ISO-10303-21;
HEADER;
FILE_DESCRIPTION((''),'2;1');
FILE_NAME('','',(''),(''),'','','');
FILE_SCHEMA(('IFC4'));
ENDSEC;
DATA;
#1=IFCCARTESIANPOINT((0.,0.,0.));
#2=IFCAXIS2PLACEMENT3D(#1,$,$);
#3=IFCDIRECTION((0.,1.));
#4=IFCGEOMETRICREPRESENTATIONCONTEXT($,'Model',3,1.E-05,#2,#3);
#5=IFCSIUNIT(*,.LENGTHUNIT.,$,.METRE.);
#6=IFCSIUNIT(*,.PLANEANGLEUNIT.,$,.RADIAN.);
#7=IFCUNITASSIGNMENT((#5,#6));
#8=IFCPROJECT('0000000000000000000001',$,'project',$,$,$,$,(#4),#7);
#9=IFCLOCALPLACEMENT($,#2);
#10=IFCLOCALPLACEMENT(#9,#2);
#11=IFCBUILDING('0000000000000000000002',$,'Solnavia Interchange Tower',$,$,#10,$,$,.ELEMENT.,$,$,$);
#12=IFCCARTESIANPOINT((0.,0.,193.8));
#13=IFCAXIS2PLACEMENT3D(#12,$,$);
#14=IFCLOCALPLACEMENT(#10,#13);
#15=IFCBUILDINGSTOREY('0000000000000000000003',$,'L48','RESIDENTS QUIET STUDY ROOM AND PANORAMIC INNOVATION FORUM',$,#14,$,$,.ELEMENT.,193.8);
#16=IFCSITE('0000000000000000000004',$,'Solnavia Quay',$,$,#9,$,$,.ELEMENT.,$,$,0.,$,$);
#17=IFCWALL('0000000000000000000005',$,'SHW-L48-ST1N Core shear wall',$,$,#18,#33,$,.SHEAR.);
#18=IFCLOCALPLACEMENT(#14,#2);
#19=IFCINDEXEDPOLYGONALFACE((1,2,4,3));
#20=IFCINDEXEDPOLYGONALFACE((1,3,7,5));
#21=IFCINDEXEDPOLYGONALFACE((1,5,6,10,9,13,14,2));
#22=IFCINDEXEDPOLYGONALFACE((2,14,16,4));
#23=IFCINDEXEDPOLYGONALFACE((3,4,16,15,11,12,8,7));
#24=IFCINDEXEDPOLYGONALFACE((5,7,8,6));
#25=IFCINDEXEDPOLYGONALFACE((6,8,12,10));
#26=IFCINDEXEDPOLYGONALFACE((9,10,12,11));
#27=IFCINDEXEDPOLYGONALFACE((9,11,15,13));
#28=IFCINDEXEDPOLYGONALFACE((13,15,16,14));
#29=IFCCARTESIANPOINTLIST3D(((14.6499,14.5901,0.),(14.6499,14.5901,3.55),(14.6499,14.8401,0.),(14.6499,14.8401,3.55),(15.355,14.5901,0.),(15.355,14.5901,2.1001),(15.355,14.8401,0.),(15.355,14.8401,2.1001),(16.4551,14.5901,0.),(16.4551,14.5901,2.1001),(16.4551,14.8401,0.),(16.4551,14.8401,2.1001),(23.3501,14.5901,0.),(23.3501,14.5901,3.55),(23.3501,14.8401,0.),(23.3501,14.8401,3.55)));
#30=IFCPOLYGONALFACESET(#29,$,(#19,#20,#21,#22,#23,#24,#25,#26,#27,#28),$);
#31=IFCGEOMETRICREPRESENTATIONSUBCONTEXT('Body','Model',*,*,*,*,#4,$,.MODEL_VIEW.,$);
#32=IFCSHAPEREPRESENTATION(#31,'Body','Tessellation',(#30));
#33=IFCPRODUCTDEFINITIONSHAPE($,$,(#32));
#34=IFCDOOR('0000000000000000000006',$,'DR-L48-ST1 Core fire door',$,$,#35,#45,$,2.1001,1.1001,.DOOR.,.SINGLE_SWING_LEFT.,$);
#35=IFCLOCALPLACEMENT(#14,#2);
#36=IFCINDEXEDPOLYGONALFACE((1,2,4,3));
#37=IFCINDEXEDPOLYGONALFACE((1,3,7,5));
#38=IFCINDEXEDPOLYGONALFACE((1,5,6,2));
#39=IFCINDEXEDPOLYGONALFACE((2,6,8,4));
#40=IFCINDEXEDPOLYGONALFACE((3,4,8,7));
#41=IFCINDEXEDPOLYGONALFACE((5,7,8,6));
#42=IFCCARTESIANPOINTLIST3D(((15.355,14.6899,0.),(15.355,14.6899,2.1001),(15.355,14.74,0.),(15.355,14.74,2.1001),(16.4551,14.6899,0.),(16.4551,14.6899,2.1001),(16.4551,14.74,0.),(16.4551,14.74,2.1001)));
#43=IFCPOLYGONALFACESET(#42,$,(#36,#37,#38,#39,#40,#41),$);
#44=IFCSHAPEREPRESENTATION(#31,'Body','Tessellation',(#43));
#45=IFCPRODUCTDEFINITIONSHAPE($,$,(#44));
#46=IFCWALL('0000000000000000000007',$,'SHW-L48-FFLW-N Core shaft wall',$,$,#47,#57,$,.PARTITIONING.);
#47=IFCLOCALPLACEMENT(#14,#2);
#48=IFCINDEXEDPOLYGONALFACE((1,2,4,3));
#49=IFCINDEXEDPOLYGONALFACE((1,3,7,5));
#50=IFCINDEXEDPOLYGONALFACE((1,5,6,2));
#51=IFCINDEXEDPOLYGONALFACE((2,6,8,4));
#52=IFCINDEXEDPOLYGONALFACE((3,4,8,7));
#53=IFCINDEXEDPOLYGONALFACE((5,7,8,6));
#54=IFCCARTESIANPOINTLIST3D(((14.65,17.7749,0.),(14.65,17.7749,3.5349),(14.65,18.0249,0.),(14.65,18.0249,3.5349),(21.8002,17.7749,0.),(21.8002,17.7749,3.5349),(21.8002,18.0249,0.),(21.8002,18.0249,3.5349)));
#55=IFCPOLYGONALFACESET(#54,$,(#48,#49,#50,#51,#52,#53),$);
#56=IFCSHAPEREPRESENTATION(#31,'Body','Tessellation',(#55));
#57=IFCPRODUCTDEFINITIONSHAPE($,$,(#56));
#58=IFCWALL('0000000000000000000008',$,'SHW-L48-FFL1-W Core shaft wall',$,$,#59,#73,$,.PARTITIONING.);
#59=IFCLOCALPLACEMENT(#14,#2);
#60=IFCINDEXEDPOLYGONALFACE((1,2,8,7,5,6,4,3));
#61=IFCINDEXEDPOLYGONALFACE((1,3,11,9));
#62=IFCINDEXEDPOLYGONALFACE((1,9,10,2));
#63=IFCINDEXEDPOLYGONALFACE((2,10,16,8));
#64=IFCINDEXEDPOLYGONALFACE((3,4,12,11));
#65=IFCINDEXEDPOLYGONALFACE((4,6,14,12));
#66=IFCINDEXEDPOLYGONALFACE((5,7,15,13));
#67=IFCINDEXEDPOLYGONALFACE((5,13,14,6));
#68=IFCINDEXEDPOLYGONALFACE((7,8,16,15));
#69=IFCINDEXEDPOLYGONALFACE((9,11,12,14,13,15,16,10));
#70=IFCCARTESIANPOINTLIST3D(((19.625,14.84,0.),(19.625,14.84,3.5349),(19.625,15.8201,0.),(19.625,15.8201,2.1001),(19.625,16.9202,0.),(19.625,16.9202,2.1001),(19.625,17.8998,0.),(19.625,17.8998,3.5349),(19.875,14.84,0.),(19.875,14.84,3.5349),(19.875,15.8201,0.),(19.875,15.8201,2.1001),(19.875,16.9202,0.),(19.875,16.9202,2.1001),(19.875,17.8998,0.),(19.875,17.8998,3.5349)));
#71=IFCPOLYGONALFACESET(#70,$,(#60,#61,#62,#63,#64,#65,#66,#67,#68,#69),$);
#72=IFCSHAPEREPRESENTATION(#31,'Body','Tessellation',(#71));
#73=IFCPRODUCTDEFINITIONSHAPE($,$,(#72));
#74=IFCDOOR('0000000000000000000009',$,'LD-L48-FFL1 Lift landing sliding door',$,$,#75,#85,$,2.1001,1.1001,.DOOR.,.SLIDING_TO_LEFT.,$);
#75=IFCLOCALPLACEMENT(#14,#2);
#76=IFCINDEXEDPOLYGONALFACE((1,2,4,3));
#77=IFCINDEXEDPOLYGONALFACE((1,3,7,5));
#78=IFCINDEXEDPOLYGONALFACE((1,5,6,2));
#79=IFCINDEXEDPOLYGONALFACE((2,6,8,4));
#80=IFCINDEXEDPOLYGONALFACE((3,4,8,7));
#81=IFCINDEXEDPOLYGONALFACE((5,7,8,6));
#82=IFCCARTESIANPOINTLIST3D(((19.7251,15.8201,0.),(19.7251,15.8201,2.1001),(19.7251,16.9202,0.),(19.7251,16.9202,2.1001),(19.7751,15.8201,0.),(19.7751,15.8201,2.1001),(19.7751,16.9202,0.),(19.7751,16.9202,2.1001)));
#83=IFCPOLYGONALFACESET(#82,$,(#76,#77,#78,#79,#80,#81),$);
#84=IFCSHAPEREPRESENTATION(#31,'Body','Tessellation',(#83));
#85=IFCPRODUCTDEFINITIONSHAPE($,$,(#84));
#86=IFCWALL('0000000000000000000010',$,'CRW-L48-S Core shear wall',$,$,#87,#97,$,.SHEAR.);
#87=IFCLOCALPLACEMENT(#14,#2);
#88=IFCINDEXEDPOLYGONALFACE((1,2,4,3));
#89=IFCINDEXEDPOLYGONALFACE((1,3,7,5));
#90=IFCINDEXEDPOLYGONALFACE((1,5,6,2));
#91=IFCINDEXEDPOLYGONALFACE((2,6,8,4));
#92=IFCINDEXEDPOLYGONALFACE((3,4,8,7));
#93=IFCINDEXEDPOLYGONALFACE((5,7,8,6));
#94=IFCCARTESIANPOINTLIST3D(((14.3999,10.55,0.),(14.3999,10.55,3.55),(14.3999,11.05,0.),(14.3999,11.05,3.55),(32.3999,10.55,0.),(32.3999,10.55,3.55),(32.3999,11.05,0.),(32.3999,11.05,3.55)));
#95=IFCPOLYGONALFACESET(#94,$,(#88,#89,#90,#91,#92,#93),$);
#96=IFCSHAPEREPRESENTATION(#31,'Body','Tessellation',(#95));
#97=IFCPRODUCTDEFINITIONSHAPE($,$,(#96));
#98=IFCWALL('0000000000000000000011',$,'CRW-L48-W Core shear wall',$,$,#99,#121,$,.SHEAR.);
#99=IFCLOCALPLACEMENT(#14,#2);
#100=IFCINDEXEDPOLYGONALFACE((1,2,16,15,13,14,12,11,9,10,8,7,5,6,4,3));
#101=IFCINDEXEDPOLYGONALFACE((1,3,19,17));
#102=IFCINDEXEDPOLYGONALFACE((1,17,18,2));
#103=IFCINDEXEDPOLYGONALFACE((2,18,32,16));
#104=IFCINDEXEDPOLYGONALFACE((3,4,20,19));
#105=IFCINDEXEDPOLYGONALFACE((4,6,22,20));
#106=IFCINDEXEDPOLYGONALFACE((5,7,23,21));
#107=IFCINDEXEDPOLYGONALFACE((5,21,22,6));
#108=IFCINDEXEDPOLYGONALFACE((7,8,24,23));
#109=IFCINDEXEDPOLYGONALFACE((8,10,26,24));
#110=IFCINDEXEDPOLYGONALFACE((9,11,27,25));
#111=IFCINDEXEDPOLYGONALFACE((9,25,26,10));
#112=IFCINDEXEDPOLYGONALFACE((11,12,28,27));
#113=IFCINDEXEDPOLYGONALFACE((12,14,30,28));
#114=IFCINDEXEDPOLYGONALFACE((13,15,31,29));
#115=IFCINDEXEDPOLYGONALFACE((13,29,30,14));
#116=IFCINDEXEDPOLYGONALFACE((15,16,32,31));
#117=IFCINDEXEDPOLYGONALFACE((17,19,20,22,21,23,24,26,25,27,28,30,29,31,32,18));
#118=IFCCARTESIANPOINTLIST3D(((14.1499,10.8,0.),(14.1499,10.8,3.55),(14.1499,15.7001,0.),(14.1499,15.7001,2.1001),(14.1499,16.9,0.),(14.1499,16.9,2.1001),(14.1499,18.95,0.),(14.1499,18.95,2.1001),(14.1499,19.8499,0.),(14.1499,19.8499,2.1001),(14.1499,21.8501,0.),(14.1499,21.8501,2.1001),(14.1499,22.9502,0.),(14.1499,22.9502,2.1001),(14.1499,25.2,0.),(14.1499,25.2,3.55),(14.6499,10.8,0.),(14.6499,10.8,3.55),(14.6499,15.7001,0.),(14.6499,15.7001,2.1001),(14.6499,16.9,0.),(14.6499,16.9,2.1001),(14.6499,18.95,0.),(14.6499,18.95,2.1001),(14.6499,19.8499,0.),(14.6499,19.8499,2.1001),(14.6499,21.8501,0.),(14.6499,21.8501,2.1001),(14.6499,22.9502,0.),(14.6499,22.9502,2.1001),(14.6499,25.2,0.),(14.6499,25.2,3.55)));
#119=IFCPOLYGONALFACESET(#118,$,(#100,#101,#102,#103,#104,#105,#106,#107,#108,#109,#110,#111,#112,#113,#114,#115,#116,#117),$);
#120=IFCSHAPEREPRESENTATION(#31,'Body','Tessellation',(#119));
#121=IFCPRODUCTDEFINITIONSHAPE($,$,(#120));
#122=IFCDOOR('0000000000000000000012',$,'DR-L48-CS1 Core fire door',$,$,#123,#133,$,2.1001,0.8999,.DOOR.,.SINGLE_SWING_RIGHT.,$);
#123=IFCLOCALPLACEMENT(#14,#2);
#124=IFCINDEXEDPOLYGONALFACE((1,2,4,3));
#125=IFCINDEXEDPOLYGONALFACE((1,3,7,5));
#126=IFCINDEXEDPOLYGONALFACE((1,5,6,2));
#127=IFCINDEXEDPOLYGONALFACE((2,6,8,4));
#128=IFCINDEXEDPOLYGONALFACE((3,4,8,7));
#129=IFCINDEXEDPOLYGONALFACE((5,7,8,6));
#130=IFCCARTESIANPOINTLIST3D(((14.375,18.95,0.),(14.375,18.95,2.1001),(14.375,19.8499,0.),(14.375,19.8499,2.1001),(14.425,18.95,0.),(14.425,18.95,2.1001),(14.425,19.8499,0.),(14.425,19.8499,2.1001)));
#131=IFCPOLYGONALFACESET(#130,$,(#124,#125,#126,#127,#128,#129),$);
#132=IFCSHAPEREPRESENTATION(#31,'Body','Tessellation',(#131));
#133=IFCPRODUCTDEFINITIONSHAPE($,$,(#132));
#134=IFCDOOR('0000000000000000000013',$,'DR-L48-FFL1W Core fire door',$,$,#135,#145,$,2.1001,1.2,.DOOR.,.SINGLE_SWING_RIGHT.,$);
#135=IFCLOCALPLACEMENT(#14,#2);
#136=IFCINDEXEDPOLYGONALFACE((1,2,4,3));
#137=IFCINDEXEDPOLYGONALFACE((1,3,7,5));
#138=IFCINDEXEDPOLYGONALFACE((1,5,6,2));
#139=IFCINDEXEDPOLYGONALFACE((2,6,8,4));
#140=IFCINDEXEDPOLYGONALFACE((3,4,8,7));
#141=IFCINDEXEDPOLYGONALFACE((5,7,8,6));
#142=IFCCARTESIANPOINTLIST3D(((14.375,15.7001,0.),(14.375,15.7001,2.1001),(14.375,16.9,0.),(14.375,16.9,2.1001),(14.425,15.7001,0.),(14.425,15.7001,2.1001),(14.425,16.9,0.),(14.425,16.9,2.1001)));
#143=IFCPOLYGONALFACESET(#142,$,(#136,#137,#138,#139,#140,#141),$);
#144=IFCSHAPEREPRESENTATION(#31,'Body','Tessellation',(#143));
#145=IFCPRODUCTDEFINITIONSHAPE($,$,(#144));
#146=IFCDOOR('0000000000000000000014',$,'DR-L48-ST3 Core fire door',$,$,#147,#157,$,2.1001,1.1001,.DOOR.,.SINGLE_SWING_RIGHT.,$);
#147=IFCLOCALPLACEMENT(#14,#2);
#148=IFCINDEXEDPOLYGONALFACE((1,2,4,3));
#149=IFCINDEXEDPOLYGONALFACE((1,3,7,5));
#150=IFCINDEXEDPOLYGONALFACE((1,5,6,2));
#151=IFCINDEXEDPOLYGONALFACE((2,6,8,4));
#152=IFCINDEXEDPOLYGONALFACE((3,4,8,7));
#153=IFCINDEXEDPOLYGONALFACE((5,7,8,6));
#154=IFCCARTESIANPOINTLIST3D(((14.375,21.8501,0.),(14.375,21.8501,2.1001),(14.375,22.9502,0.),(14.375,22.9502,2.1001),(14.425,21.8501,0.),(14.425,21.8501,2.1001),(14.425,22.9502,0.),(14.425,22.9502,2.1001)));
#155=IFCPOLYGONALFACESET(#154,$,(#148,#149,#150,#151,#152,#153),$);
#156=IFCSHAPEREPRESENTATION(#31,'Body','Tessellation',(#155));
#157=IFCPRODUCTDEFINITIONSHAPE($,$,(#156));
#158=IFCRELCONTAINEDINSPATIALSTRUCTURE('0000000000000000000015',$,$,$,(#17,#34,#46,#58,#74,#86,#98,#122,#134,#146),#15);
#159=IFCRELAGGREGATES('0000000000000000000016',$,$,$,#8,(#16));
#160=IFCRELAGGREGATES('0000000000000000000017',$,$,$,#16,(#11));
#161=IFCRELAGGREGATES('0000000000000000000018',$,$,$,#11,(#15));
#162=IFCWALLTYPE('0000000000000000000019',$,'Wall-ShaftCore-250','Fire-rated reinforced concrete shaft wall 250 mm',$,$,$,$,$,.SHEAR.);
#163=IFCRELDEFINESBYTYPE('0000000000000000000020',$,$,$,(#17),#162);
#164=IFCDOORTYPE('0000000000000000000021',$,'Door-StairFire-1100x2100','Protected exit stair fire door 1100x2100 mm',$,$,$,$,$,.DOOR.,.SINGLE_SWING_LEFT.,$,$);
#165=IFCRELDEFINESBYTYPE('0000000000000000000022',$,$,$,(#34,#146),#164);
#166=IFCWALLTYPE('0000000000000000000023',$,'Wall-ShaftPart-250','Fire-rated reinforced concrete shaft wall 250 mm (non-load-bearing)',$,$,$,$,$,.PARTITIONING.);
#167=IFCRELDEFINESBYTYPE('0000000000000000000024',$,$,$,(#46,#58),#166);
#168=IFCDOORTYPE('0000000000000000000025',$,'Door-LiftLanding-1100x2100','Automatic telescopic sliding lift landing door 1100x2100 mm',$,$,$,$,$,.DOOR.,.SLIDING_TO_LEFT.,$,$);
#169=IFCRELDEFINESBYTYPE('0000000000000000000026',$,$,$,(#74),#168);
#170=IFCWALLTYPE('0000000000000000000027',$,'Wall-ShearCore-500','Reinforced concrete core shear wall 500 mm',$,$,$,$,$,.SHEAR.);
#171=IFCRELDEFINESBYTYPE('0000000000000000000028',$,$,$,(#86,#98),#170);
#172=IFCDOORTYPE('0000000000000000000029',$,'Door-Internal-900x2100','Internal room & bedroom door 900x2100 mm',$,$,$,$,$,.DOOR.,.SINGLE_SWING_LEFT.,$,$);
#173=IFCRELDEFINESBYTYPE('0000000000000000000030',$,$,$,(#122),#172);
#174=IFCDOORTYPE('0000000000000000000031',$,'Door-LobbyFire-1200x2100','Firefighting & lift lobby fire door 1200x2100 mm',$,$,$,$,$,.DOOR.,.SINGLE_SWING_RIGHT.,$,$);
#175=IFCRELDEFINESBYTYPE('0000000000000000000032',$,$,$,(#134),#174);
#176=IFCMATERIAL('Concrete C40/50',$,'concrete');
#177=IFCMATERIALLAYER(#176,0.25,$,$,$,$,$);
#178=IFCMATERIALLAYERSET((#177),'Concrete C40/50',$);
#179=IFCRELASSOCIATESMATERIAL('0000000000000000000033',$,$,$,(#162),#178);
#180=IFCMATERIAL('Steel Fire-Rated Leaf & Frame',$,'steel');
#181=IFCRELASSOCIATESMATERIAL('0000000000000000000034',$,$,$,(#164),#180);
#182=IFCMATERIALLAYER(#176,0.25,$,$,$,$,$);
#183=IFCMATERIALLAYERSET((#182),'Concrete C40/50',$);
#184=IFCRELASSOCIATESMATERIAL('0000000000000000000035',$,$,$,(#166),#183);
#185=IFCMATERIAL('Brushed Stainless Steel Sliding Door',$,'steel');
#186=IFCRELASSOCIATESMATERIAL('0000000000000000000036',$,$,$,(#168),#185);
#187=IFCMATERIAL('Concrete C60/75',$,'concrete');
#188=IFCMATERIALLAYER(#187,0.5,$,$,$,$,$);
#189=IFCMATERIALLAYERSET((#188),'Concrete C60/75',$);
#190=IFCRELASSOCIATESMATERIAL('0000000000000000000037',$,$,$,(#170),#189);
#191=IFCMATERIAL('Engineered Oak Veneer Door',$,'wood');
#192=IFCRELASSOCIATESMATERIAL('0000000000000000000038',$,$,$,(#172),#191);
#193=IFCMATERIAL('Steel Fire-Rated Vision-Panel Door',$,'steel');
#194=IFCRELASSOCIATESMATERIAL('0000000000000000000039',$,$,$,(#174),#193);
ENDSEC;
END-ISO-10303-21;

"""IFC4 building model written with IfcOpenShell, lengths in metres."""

from ifc_helpers import new_model, si_unit, direction, frame, frame_2d, origin, place, context, subcontext, project, spatial, rectangle, extrude, material, layer, layer_set, type_object, element, fill, save


model = new_model("IFC4")

# Units and contexts
model_context = context("Model", 3, precision=1e-05, world=origin(), true_north=direction((0.0, 1.0)))
body_context = subcontext(model_context, "Body", "Model", "MODEL_VIEW")
ifc_project = project(units=[si_unit("LENGTHUNIT", "METRE"), si_unit("PLANEANGLEUNIT", "RADIAN")], contexts=[model_context])

# Site, building, storey
site_placement = place(None, origin())
site = spatial("IfcSite", under=ifc_project, at=site_placement, Name="Solnavia Quay", CompositionType="ELEMENT", RefElevation=0.0)
building_placement = place(site_placement, origin())
building = spatial("IfcBuilding", under=site, at=building_placement, Name="Solnavia Interchange Tower", CompositionType="ELEMENT")
storey_placement = place(building_placement, frame((0.0, 0.0, 193.8)))
storey = spatial("IfcBuildingStorey", under=building, at=storey_placement, Name="L48", Description="RESIDENTS QUIET STUDY ROOM AND PANORAMIC INNOVATION FORUM", CompositionType="ELEMENT", Elevation=193.8)

# Shared definitions
ifc_material_1 = material(Name="Concrete C40/50", Category="concrete")
ifc_layer_1 = layer(ifc_material_1, 0.25)
ifc_layer_set_1 = layer_set([ifc_layer_1], Name="Concrete C40/50")
wall_type_1 = type_object("IfcWallType", Name="Wall-ShaftCore-250", Description="Fire-rated reinforced concrete shaft wall 250 mm", PredefinedType="SHEAR", material=ifc_layer_set_1)

# Wall, opening, door
wall_1_placement = place(storey_placement, frame((14.6499, 14.7151, 0.0), z_axis=(0.0, 0.0, 1.0), x_axis=(1.0, 0.0, 0.0)))
wall_1 = element("IfcWall", 1, at=wall_1_placement, inside=storey, type_object=wall_type_1, Name="SHW-L48-ST1N Core shear wall", PredefinedType="SHEAR", context=body_context, shape_type="SweptSolid", body=[
    extrude(rectangle(XDim=8.7002, YDim=0.25, at=frame_2d((4.3501, 0.0))), origin(), (0.0, 0.0, 1.0), 3.55),
])
opening_1_placement = place(wall_1_placement, frame((0.7051, 0.0, 0.0)))
opening_1 = element("IfcOpeningElement", 2, at=opening_1_placement, cuts=wall_1, PredefinedType="OPENING", context=body_context, shape_type="SweptSolid", body=[
    extrude(rectangle(XDim=1.1001, YDim=2.1001, at=frame_2d((0.55, 1.05))), frame((0.0, 0.135, 0.0), z_axis=(0.0, -1.0, 0.0), x_axis=(1.0, 0.0, 0.0)), (0.0, 0.0, 1.0), 0.27),
])
ifc_material_2 = material(Name="Steel Fire-Rated Leaf & Frame", Category="steel")
door_type_1 = type_object("IfcDoorType", Name="Door-StairFire-1100x2100", Description="Protected exit stair fire door 1100x2100 mm", OperationType="SINGLE_SWING_LEFT", PredefinedType="DOOR", material=ifc_material_2)
door_1_placement = place(opening_1_placement, origin())
door_1 = element("IfcDoor", 3, at=door_1_placement, inside=storey, type_object=door_type_1, Name="DR-L48-ST1 Core fire door", OperationType="SINGLE_SWING_LEFT", OverallHeight=2.1001, OverallWidth=1.1001, PredefinedType="DOOR", context=body_context, shape_type="SweptSolid", body=[
    extrude(rectangle(XDim=1.1001, YDim=2.1001, at=frame_2d((0.55, 1.05))), frame((0.0, 0.0249, 0.0), z_axis=(0.0, -1.0, 0.0), x_axis=(1.0, 0.0, 0.0)), (0.0, 0.0, 1.0), 0.05),
])
fill(opening_1, door_1)

# Wall
ifc_layer_2 = layer(ifc_material_1, 0.25)
ifc_layer_set_2 = layer_set([ifc_layer_2], Name="Concrete C40/50")
wall_type_2 = type_object("IfcWallType", Name="Wall-ShaftPart-250", Description="Fire-rated reinforced concrete shaft wall 250 mm (non-load-bearing)", PredefinedType="PARTITIONING", material=ifc_layer_set_2)
wall_2_placement = place(storey_placement, frame((14.6499, 17.8999, 0.0), z_axis=(0.0, 0.0, 1.0), x_axis=(1.0, 0.0, 0.0)))
element("IfcWall", 4, at=wall_2_placement, inside=storey, type_object=wall_type_2, Name="SHW-L48-FFLW-N Core shaft wall", PredefinedType="PARTITIONING", context=body_context, shape_type="SweptSolid", body=[
    extrude(rectangle(XDim=7.1501, YDim=0.25, at=frame_2d((3.5752, 0.0))), origin(), (0.0, 0.0, 1.0), 3.5349),
])

# Wall, opening, door
wall_3_placement = place(storey_placement, frame((19.75, 14.8401, 0.0), z_axis=(0.0, 0.0, 1.0), x_axis=(0.0, 1.0, 0.0)))
wall_3 = element("IfcWall", 5, at=wall_3_placement, inside=storey, type_object=wall_type_2, Name="SHW-L48-FFL1-W Core shaft wall", PredefinedType="PARTITIONING", context=body_context, shape_type="SweptSolid", body=[
    extrude(rectangle(XDim=3.0598, YDim=0.25, at=frame_2d((1.5298, 0.0))), origin(), (0.0, 0.0, 1.0), 3.5349),
])
opening_2_placement = place(wall_3_placement, frame((0.98, 0.0, 0.0)))
opening_2 = element("IfcOpeningElement", 6, at=opening_2_placement, cuts=wall_3, PredefinedType="OPENING", context=body_context, shape_type="SweptSolid", body=[
    extrude(rectangle(XDim=1.1001, YDim=2.1001, at=frame_2d((0.55, 1.05))), frame((0.0, 0.135, 0.0), z_axis=(0.0, -1.0, 0.0), x_axis=(1.0, 0.0, 0.0)), (0.0, 0.0, 1.0), 0.27),
])
ifc_material_3 = material(Name="Brushed Stainless Steel Sliding Door", Category="steel")
door_type_2 = type_object("IfcDoorType", Name="Door-LiftLanding-1100x2100", Description="Automatic telescopic sliding lift landing door 1100x2100 mm", OperationType="SLIDING_TO_LEFT", PredefinedType="DOOR", material=ifc_material_3)
door_2_placement = place(opening_2_placement, origin())
door_2 = element("IfcDoor", 7, at=door_2_placement, inside=storey, type_object=door_type_2, Name="LD-L48-FFL1 Lift landing sliding door", OperationType="SLIDING_TO_LEFT", OverallHeight=2.1001, OverallWidth=1.1001, PredefinedType="DOOR", context=body_context, shape_type="SweptSolid", body=[
    extrude(rectangle(XDim=1.1001, YDim=2.1001, at=frame_2d((0.55, 1.05))), frame((0.0, 0.0249, 0.0), z_axis=(0.0, -1.0, 0.0), x_axis=(1.0, 0.0, 0.0)), (0.0, 0.0, 1.0), 0.05),
])
fill(opening_2, door_2)

# Wall
ifc_material_4 = material(Name="Concrete C60/75", Category="concrete")
ifc_layer_3 = layer(ifc_material_4, 0.5)
ifc_layer_set_3 = layer_set([ifc_layer_3], Name="Concrete C60/75")
wall_type_3 = type_object("IfcWallType", Name="Wall-ShearCore-500", Description="Reinforced concrete core shear wall 500 mm", PredefinedType="SHEAR", material=ifc_layer_set_3)
wall_4_placement = place(storey_placement, frame((14.3999, 10.8, 0.0), z_axis=(0.0, 0.0, 1.0), x_axis=(1.0, 0.0, 0.0)))
element("IfcWall", 8, at=wall_4_placement, inside=storey, type_object=wall_type_3, Name="CRW-L48-S Core shear wall", PredefinedType="SHEAR", context=body_context, shape_type="SweptSolid", body=[
    extrude(rectangle(XDim=18.0, YDim=0.5, at=frame_2d((9.0, 0.0))), origin(), (0.0, 0.0, 1.0), 3.55),
])

# Wall, openings, doors
wall_5_placement = place(storey_placement, frame((14.3999, 10.8, 0.0), z_axis=(0.0, 0.0, 1.0), x_axis=(0.0, 1.0, 0.0)))
wall_5 = element("IfcWall", 9, at=wall_5_placement, inside=storey, type_object=wall_type_3, Name="CRW-L48-W Core shear wall", PredefinedType="SHEAR", context=body_context, shape_type="SweptSolid", body=[
    extrude(rectangle(XDim=14.3999, YDim=0.5, at=frame_2d((7.2, 0.0))), origin(), (0.0, 0.0, 1.0), 3.55),
])
opening_3_placement = place(wall_5_placement, frame((11.05, 0.0, 0.0)))
opening_3 = element("IfcOpeningElement", 10, at=opening_3_placement, cuts=wall_5, PredefinedType="OPENING", context=body_context, shape_type="SweptSolid", body=[
    extrude(rectangle(XDim=1.1001, YDim=2.1001, at=frame_2d((0.55, 1.05))), frame((0.0, 0.26, 0.0), z_axis=(0.0, -1.0, 0.0), x_axis=(1.0, 0.0, 0.0)), (0.0, 0.0, 1.0), 0.52),
])
opening_4_placement = place(wall_5_placement, frame((4.8999, 0.0, 0.0)))
opening_4 = element("IfcOpeningElement", 11, at=opening_4_placement, cuts=wall_5, PredefinedType="OPENING", context=body_context, shape_type="SweptSolid", body=[
    extrude(rectangle(XDim=1.2, YDim=2.1001, at=frame_2d((0.6001, 1.05))), frame((0.0, 0.26, 0.0), z_axis=(0.0, -1.0, 0.0), x_axis=(1.0, 0.0, 0.0)), (0.0, 0.0, 1.0), 0.52),
])
opening_5_placement = place(wall_5_placement, frame((8.1499, 0.0, 0.0)))
opening_5 = element("IfcOpeningElement", 12, at=opening_5_placement, cuts=wall_5, PredefinedType="OPENING", context=body_context, shape_type="SweptSolid", body=[
    extrude(rectangle(XDim=0.8999, YDim=2.1001, at=frame_2d((0.45, 1.05))), frame((0.0, 0.26, 0.0), z_axis=(0.0, -1.0, 0.0), x_axis=(1.0, 0.0, 0.0)), (0.0, 0.0, 1.0), 0.52),
])
ifc_material_5 = material(Name="Engineered Oak Veneer Door", Category="wood")
door_type_3 = type_object("IfcDoorType", Name="Door-Internal-900x2100", Description="Internal room & bedroom door 900x2100 mm", OperationType="SINGLE_SWING_LEFT", PredefinedType="DOOR", material=ifc_material_5)
door_3_placement = place(opening_5_placement, origin())
door_3 = element("IfcDoor", 13, at=door_3_placement, inside=storey, type_object=door_type_3, Name="DR-L48-CS1 Core fire door", OperationType="SINGLE_SWING_RIGHT", OverallHeight=2.1001, OverallWidth=0.8999, PredefinedType="DOOR", context=body_context, shape_type="SweptSolid", body=[
    extrude(rectangle(XDim=0.8999, YDim=2.1001, at=frame_2d((0.45, 1.05))), frame((0.0, 0.0249, 0.0), z_axis=(0.0, -1.0, 0.0), x_axis=(1.0, 0.0, 0.0)), (0.0, 0.0, 1.0), 0.05),
])
fill(opening_5, door_3)
ifc_material_6 = material(Name="Steel Fire-Rated Vision-Panel Door", Category="steel")
door_type_4 = type_object("IfcDoorType", Name="Door-LobbyFire-1200x2100", Description="Firefighting & lift lobby fire door 1200x2100 mm", OperationType="SINGLE_SWING_RIGHT", PredefinedType="DOOR", material=ifc_material_6)
door_4_placement = place(opening_4_placement, origin())
door_4 = element("IfcDoor", 14, at=door_4_placement, inside=storey, type_object=door_type_4, Name="DR-L48-FFL1W Core fire door", OperationType="SINGLE_SWING_RIGHT", OverallHeight=2.1001, OverallWidth=1.2, PredefinedType="DOOR", context=body_context, shape_type="SweptSolid", body=[
    extrude(rectangle(XDim=1.2, YDim=2.1001, at=frame_2d((0.6001, 1.05))), frame((0.0, 0.0249, 0.0), z_axis=(0.0, -1.0, 0.0), x_axis=(1.0, 0.0, 0.0)), (0.0, 0.0, 1.0), 0.05),
])
fill(opening_4, door_4)
door_5_placement = place(opening_3_placement, origin())
door_5 = element("IfcDoor", 15, at=door_5_placement, inside=storey, type_object=door_type_1, Name="DR-L48-ST3 Core fire door", OperationType="SINGLE_SWING_RIGHT", OverallHeight=2.1001, OverallWidth=1.1001, PredefinedType="DOOR", context=body_context, shape_type="SweptSolid", body=[
    extrude(rectangle(XDim=1.1001, YDim=2.1001, at=frame_2d((0.55, 1.05))), frame((0.0, 0.0249, 0.0), z_axis=(0.0, -1.0, 0.0), x_axis=(1.0, 0.0, 0.0)), (0.0, 0.0, 1.0), 0.05),
])
fill(opening_3, door_5)

save(model, "model.ifc")
